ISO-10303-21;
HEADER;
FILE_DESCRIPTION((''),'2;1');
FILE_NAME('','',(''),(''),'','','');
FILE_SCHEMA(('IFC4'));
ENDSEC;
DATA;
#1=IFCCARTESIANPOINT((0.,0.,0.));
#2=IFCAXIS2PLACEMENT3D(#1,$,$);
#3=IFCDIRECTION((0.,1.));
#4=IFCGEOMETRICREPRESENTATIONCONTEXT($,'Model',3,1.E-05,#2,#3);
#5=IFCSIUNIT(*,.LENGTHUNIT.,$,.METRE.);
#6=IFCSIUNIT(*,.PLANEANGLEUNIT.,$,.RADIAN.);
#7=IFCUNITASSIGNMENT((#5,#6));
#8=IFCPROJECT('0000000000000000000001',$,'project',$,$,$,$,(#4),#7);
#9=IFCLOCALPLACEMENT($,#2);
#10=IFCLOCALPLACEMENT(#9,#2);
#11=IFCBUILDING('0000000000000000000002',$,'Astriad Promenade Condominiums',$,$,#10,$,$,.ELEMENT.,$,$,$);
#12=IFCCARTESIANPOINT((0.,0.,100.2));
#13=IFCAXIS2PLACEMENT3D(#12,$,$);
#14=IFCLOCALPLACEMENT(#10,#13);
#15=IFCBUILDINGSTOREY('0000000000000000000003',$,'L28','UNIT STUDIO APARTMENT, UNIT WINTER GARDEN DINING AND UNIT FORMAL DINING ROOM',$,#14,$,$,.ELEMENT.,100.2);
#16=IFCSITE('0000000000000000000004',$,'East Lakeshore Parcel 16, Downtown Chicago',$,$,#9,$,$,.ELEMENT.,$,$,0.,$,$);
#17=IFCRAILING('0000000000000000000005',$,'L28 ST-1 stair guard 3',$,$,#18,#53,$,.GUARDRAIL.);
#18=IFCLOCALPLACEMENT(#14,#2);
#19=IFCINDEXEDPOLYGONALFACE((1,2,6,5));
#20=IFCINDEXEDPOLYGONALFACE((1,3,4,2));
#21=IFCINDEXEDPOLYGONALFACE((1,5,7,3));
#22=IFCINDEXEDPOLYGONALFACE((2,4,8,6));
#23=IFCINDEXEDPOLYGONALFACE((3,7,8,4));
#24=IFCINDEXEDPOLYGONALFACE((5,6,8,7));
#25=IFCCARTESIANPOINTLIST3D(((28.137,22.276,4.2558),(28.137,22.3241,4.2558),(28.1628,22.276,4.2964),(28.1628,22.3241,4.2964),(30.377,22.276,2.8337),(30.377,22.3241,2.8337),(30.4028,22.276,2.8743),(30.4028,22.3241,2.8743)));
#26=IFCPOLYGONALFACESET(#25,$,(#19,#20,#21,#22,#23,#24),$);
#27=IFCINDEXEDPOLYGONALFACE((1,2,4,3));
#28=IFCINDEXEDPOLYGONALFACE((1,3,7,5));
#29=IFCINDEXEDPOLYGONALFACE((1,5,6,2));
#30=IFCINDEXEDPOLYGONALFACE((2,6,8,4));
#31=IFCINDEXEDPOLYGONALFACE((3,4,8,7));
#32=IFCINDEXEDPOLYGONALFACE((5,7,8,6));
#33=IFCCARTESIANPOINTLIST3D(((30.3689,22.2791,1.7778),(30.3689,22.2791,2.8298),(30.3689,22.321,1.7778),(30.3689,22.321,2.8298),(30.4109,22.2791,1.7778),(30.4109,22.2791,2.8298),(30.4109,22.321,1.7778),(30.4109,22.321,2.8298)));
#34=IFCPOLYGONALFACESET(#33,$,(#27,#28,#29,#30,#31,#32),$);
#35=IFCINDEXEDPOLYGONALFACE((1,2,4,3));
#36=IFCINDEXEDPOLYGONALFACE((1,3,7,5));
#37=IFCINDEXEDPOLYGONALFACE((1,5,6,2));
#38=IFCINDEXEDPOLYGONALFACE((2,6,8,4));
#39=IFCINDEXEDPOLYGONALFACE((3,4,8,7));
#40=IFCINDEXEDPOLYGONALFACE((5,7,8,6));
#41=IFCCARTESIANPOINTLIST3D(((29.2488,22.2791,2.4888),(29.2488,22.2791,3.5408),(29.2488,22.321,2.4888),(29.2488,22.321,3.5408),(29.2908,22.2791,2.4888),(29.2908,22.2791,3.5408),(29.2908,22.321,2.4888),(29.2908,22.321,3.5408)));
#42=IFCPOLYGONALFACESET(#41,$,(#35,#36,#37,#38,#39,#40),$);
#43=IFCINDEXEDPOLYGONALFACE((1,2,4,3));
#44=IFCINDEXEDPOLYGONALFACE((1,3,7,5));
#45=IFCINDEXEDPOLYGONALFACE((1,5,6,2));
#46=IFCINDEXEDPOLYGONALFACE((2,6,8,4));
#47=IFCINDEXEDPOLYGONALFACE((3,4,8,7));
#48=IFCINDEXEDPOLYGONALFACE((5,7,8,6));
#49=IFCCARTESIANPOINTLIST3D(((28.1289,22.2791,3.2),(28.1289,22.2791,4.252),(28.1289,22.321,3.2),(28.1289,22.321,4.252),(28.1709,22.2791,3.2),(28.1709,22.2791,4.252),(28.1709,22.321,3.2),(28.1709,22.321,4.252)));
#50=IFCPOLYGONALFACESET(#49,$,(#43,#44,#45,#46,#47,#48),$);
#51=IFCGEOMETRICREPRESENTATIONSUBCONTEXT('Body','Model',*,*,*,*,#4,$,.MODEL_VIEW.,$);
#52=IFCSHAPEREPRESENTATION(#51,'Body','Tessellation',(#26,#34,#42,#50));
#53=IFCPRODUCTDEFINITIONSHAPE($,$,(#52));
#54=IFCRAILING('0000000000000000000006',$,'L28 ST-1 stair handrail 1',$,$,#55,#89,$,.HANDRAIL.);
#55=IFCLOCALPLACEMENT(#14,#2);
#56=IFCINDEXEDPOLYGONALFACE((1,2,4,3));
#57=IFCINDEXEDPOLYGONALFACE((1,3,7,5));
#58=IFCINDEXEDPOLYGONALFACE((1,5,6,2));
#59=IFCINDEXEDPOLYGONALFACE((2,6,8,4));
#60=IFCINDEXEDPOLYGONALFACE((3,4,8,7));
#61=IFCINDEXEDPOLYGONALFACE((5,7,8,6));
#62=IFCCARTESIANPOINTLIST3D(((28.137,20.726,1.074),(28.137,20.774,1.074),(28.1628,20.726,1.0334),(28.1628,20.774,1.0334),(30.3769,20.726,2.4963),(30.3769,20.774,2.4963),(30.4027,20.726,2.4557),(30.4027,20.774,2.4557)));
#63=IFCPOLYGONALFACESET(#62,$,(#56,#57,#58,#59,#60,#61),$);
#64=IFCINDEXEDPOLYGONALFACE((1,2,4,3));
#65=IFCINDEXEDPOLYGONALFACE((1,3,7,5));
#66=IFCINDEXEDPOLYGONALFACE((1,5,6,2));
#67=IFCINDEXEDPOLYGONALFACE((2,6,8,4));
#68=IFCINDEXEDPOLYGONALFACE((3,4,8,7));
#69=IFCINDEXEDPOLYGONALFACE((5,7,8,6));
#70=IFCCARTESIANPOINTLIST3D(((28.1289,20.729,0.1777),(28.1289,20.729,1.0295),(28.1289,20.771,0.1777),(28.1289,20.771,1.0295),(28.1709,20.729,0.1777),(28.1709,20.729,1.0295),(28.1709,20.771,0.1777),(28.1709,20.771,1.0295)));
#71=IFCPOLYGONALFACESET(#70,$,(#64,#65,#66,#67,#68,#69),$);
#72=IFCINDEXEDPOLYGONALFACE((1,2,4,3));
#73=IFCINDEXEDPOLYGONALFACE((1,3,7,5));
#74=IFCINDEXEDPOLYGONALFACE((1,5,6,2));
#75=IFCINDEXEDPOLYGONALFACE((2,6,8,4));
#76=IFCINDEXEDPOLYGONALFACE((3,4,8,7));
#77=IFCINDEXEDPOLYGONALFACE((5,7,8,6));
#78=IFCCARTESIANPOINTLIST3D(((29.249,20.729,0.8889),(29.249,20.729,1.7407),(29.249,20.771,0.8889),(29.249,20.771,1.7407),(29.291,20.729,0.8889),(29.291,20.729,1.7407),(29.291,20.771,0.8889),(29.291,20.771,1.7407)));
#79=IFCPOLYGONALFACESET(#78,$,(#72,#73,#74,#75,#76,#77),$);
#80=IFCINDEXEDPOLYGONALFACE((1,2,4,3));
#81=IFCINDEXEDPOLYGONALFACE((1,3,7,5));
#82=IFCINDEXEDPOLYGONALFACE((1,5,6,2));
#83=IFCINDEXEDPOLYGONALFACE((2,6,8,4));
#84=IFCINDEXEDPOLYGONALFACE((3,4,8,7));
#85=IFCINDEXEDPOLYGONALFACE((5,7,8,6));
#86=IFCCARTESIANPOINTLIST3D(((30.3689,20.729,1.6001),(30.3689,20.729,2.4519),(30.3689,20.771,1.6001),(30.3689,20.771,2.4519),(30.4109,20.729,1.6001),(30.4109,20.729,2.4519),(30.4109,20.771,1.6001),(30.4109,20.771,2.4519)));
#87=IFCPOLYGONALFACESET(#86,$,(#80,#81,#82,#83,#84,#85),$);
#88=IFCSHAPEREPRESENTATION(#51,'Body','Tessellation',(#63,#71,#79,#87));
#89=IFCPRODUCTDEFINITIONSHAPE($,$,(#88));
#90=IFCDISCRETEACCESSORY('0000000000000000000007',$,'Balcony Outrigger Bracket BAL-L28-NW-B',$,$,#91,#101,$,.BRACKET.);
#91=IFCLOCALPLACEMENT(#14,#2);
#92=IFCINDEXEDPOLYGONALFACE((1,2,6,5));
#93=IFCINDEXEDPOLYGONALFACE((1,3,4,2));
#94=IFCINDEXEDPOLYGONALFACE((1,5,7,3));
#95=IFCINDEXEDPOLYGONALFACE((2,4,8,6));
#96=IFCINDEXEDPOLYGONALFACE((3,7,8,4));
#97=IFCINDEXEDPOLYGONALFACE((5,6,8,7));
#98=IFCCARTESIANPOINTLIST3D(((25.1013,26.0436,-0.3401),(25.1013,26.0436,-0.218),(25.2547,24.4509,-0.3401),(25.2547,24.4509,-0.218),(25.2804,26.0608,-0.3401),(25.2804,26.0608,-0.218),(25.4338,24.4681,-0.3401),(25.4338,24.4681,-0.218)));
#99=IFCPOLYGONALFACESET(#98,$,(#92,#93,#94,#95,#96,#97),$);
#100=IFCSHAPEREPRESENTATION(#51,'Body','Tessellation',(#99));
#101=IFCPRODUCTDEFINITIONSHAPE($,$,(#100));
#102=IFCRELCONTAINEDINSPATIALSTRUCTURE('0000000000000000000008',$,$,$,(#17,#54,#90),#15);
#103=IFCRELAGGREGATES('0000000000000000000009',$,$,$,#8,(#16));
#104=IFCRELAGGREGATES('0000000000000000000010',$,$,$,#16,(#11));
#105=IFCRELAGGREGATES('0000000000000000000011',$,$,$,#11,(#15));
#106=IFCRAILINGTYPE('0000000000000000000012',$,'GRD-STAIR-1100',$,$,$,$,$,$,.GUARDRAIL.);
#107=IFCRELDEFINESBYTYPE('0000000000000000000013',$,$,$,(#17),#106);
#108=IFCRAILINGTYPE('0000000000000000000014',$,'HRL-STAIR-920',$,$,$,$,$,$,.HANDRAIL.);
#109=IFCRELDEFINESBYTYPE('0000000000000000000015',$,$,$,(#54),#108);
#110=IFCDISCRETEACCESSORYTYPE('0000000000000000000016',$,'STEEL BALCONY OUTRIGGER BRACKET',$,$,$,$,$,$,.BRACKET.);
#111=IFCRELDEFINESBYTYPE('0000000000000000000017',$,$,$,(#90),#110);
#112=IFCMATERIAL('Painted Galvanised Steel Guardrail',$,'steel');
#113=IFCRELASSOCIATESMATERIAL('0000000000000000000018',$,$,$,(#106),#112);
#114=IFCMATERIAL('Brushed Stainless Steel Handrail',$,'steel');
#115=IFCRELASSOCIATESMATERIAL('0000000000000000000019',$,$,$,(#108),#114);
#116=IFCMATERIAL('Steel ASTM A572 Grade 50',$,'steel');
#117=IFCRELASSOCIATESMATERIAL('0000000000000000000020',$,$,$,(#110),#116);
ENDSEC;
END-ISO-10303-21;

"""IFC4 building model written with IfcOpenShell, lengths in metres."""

from ifc_helpers import new_model, si_unit, direction, frame, origin, origin_2d, place, context, subcontext, project, spatial, rectangle, extrude, source, transform, mapped, material, type_object, type_shapes, element, save


model = new_model("IFC4")

# Units and contexts
model_context = context("Model", 3, precision=1e-05, world=origin(), true_north=direction((0.0, 1.0)))
body_context = subcontext(model_context, "Body", "Model", "MODEL_VIEW")
ifc_project = project(units=[si_unit("LENGTHUNIT", "METRE"), si_unit("PLANEANGLEUNIT", "RADIAN")], contexts=[model_context])

# Site, building, storey
site_placement = place(None, origin())
site = spatial("IfcSite", under=ifc_project, at=site_placement, Name="East Lakeshore Parcel 16, Downtown Chicago", CompositionType="ELEMENT", RefElevation=0.0)
building_placement = place(site_placement, origin())
building = spatial("IfcBuilding", under=site, at=building_placement, Name="Astriad Promenade Condominiums", CompositionType="ELEMENT")
storey_placement = place(building_placement, frame((0.0, 0.0, 100.2)))
storey = spatial("IfcBuildingStorey", under=building, at=storey_placement, Name="L28", Description="UNIT STUDIO APARTMENT, UNIT WINTER GARDEN DINING AND UNIT FORMAL DINING ROOM", CompositionType="ELEMENT", Elevation=100.2)

# Railings
ifc_material_1 = material(Name="Painted Galvanised Steel Guardrail", Category="steel")
railing_type_1 = type_object("IfcRailingType", Name="GRD-STAIR-1100", PredefinedType="GUARDRAIL", material=ifc_material_1)
shared_shape_1 = source(origin(), body_context, "Body", "SweptSolid", [
    extrude(rectangle(XDim=0.0481, YDim=0.0481, at=origin_2d()), frame((0.0, 0.0, 1.0762), z_axis=(-0.844229, 0.0, 0.535982), x_axis=(0.0, -1.0, 0.0)), (0.0, 0.0, 1.0), 2.6533),
    extrude(rectangle(XDim=0.042, YDim=0.042, at=origin_2d()), origin(), (0.0, 0.0, 1.0), 1.052),
    extrude(rectangle(XDim=0.042, YDim=0.042, at=origin_2d()), frame((-1.1201, 0.0, 0.7109)), (0.0, 0.0, 1.0), 1.052),
    extrude(rectangle(XDim=0.042, YDim=0.042, at=origin_2d()), frame((-2.24, 0.0, 1.4221)), (0.0, 0.0, 1.0), 1.052),
])
railing_1_placement = place(storey_placement, frame((30.3899, 22.3, 1.7778)))
element("IfcRailing", 1, at=railing_1_placement, inside=storey, type_object=railing_type_1, Name="L28 ST-1 stair guard 3", PredefinedType="GUARDRAIL", context=body_context, shape_type="MappedRepresentation", body=[
    mapped(shared_shape_1, transform((0.0, 0.0, 0.0), scale=1.0)),
])
ifc_material_2 = material(Name="Brushed Stainless Steel Handrail", Category="steel")
railing_type_2 = type_object("IfcRailingType", Name="HRL-STAIR-920", PredefinedType="HANDRAIL", material=ifc_material_2)
shared_shape_2 = source(origin(), body_context, "Body", "SweptSolid", [
    extrude(rectangle(XDim=0.0481, YDim=0.0481, at=origin_2d()), frame((0.0, 0.0, 0.876), z_axis=(0.844188, 0.0, 0.536048), x_axis=(0.0, 1.0, 0.0)), (0.0, 0.0, 1.0), 2.6533),
    extrude(rectangle(XDim=0.042, YDim=0.042, at=origin_2d()), origin(), (0.0, 0.0, 1.0), 0.8518),
    extrude(rectangle(XDim=0.042, YDim=0.042, at=origin_2d()), frame((1.1201, 0.0, 0.7112)), (0.0, 0.0, 1.0), 0.8518),
    extrude(rectangle(XDim=0.042, YDim=0.042, at=origin_2d()), frame((2.24, 0.0, 1.4224)), (0.0, 0.0, 1.0), 0.8518),
])
type_shapes(railing_type_2, [shared_shape_2])
railing_2_placement = place(storey_placement, frame((28.1499, 20.75, 0.1777)))
element("IfcRailing", 2, at=railing_2_placement, inside=storey, type_object=railing_type_2, Name="L28 ST-1 stair handrail 1", PredefinedType="HANDRAIL", context=body_context, shape_type="MappedRepresentation", body=[
    mapped(shared_shape_2, transform((0.0, 0.0, 0.0), scale=1.0)),
])

# Discrete accessory
ifc_material_3 = material(Name="Steel ASTM A572 Grade 50", Category="steel")
discrete_accessory_type = type_object("IfcDiscreteAccessoryType", Name="STEEL BALCONY OUTRIGGER BRACKET", PredefinedType="BRACKET", material=ifc_material_3)
shared_shape_3 = source(origin(), body_context, "Body", "SweptSolid", [
    extrude(rectangle(XDim=1.6001, YDim=0.1799, at=origin_2d()), origin(), (0.0, 0.0, 1.0), 0.1221),
])
type_shapes(discrete_accessory_type, [shared_shape_3])
discrete_accessory_placement = place(storey_placement, frame((25.2676, 25.2559, -0.3401), z_axis=(0.0, 0.0, 1.0), x_axis=(-0.095846, 0.995396, 0.0)))
element("IfcDiscreteAccessory", 3, at=discrete_accessory_placement, inside=storey, type_object=discrete_accessory_type, Name="Balcony Outrigger Bracket BAL-L28-NW-B", PredefinedType="BRACKET", context=body_context, shape_type="MappedRepresentation", body=[
    mapped(shared_shape_3, transform((0.0, 0.0, 0.0), scale=1.0)),
])

save(model, "model.ifc")
